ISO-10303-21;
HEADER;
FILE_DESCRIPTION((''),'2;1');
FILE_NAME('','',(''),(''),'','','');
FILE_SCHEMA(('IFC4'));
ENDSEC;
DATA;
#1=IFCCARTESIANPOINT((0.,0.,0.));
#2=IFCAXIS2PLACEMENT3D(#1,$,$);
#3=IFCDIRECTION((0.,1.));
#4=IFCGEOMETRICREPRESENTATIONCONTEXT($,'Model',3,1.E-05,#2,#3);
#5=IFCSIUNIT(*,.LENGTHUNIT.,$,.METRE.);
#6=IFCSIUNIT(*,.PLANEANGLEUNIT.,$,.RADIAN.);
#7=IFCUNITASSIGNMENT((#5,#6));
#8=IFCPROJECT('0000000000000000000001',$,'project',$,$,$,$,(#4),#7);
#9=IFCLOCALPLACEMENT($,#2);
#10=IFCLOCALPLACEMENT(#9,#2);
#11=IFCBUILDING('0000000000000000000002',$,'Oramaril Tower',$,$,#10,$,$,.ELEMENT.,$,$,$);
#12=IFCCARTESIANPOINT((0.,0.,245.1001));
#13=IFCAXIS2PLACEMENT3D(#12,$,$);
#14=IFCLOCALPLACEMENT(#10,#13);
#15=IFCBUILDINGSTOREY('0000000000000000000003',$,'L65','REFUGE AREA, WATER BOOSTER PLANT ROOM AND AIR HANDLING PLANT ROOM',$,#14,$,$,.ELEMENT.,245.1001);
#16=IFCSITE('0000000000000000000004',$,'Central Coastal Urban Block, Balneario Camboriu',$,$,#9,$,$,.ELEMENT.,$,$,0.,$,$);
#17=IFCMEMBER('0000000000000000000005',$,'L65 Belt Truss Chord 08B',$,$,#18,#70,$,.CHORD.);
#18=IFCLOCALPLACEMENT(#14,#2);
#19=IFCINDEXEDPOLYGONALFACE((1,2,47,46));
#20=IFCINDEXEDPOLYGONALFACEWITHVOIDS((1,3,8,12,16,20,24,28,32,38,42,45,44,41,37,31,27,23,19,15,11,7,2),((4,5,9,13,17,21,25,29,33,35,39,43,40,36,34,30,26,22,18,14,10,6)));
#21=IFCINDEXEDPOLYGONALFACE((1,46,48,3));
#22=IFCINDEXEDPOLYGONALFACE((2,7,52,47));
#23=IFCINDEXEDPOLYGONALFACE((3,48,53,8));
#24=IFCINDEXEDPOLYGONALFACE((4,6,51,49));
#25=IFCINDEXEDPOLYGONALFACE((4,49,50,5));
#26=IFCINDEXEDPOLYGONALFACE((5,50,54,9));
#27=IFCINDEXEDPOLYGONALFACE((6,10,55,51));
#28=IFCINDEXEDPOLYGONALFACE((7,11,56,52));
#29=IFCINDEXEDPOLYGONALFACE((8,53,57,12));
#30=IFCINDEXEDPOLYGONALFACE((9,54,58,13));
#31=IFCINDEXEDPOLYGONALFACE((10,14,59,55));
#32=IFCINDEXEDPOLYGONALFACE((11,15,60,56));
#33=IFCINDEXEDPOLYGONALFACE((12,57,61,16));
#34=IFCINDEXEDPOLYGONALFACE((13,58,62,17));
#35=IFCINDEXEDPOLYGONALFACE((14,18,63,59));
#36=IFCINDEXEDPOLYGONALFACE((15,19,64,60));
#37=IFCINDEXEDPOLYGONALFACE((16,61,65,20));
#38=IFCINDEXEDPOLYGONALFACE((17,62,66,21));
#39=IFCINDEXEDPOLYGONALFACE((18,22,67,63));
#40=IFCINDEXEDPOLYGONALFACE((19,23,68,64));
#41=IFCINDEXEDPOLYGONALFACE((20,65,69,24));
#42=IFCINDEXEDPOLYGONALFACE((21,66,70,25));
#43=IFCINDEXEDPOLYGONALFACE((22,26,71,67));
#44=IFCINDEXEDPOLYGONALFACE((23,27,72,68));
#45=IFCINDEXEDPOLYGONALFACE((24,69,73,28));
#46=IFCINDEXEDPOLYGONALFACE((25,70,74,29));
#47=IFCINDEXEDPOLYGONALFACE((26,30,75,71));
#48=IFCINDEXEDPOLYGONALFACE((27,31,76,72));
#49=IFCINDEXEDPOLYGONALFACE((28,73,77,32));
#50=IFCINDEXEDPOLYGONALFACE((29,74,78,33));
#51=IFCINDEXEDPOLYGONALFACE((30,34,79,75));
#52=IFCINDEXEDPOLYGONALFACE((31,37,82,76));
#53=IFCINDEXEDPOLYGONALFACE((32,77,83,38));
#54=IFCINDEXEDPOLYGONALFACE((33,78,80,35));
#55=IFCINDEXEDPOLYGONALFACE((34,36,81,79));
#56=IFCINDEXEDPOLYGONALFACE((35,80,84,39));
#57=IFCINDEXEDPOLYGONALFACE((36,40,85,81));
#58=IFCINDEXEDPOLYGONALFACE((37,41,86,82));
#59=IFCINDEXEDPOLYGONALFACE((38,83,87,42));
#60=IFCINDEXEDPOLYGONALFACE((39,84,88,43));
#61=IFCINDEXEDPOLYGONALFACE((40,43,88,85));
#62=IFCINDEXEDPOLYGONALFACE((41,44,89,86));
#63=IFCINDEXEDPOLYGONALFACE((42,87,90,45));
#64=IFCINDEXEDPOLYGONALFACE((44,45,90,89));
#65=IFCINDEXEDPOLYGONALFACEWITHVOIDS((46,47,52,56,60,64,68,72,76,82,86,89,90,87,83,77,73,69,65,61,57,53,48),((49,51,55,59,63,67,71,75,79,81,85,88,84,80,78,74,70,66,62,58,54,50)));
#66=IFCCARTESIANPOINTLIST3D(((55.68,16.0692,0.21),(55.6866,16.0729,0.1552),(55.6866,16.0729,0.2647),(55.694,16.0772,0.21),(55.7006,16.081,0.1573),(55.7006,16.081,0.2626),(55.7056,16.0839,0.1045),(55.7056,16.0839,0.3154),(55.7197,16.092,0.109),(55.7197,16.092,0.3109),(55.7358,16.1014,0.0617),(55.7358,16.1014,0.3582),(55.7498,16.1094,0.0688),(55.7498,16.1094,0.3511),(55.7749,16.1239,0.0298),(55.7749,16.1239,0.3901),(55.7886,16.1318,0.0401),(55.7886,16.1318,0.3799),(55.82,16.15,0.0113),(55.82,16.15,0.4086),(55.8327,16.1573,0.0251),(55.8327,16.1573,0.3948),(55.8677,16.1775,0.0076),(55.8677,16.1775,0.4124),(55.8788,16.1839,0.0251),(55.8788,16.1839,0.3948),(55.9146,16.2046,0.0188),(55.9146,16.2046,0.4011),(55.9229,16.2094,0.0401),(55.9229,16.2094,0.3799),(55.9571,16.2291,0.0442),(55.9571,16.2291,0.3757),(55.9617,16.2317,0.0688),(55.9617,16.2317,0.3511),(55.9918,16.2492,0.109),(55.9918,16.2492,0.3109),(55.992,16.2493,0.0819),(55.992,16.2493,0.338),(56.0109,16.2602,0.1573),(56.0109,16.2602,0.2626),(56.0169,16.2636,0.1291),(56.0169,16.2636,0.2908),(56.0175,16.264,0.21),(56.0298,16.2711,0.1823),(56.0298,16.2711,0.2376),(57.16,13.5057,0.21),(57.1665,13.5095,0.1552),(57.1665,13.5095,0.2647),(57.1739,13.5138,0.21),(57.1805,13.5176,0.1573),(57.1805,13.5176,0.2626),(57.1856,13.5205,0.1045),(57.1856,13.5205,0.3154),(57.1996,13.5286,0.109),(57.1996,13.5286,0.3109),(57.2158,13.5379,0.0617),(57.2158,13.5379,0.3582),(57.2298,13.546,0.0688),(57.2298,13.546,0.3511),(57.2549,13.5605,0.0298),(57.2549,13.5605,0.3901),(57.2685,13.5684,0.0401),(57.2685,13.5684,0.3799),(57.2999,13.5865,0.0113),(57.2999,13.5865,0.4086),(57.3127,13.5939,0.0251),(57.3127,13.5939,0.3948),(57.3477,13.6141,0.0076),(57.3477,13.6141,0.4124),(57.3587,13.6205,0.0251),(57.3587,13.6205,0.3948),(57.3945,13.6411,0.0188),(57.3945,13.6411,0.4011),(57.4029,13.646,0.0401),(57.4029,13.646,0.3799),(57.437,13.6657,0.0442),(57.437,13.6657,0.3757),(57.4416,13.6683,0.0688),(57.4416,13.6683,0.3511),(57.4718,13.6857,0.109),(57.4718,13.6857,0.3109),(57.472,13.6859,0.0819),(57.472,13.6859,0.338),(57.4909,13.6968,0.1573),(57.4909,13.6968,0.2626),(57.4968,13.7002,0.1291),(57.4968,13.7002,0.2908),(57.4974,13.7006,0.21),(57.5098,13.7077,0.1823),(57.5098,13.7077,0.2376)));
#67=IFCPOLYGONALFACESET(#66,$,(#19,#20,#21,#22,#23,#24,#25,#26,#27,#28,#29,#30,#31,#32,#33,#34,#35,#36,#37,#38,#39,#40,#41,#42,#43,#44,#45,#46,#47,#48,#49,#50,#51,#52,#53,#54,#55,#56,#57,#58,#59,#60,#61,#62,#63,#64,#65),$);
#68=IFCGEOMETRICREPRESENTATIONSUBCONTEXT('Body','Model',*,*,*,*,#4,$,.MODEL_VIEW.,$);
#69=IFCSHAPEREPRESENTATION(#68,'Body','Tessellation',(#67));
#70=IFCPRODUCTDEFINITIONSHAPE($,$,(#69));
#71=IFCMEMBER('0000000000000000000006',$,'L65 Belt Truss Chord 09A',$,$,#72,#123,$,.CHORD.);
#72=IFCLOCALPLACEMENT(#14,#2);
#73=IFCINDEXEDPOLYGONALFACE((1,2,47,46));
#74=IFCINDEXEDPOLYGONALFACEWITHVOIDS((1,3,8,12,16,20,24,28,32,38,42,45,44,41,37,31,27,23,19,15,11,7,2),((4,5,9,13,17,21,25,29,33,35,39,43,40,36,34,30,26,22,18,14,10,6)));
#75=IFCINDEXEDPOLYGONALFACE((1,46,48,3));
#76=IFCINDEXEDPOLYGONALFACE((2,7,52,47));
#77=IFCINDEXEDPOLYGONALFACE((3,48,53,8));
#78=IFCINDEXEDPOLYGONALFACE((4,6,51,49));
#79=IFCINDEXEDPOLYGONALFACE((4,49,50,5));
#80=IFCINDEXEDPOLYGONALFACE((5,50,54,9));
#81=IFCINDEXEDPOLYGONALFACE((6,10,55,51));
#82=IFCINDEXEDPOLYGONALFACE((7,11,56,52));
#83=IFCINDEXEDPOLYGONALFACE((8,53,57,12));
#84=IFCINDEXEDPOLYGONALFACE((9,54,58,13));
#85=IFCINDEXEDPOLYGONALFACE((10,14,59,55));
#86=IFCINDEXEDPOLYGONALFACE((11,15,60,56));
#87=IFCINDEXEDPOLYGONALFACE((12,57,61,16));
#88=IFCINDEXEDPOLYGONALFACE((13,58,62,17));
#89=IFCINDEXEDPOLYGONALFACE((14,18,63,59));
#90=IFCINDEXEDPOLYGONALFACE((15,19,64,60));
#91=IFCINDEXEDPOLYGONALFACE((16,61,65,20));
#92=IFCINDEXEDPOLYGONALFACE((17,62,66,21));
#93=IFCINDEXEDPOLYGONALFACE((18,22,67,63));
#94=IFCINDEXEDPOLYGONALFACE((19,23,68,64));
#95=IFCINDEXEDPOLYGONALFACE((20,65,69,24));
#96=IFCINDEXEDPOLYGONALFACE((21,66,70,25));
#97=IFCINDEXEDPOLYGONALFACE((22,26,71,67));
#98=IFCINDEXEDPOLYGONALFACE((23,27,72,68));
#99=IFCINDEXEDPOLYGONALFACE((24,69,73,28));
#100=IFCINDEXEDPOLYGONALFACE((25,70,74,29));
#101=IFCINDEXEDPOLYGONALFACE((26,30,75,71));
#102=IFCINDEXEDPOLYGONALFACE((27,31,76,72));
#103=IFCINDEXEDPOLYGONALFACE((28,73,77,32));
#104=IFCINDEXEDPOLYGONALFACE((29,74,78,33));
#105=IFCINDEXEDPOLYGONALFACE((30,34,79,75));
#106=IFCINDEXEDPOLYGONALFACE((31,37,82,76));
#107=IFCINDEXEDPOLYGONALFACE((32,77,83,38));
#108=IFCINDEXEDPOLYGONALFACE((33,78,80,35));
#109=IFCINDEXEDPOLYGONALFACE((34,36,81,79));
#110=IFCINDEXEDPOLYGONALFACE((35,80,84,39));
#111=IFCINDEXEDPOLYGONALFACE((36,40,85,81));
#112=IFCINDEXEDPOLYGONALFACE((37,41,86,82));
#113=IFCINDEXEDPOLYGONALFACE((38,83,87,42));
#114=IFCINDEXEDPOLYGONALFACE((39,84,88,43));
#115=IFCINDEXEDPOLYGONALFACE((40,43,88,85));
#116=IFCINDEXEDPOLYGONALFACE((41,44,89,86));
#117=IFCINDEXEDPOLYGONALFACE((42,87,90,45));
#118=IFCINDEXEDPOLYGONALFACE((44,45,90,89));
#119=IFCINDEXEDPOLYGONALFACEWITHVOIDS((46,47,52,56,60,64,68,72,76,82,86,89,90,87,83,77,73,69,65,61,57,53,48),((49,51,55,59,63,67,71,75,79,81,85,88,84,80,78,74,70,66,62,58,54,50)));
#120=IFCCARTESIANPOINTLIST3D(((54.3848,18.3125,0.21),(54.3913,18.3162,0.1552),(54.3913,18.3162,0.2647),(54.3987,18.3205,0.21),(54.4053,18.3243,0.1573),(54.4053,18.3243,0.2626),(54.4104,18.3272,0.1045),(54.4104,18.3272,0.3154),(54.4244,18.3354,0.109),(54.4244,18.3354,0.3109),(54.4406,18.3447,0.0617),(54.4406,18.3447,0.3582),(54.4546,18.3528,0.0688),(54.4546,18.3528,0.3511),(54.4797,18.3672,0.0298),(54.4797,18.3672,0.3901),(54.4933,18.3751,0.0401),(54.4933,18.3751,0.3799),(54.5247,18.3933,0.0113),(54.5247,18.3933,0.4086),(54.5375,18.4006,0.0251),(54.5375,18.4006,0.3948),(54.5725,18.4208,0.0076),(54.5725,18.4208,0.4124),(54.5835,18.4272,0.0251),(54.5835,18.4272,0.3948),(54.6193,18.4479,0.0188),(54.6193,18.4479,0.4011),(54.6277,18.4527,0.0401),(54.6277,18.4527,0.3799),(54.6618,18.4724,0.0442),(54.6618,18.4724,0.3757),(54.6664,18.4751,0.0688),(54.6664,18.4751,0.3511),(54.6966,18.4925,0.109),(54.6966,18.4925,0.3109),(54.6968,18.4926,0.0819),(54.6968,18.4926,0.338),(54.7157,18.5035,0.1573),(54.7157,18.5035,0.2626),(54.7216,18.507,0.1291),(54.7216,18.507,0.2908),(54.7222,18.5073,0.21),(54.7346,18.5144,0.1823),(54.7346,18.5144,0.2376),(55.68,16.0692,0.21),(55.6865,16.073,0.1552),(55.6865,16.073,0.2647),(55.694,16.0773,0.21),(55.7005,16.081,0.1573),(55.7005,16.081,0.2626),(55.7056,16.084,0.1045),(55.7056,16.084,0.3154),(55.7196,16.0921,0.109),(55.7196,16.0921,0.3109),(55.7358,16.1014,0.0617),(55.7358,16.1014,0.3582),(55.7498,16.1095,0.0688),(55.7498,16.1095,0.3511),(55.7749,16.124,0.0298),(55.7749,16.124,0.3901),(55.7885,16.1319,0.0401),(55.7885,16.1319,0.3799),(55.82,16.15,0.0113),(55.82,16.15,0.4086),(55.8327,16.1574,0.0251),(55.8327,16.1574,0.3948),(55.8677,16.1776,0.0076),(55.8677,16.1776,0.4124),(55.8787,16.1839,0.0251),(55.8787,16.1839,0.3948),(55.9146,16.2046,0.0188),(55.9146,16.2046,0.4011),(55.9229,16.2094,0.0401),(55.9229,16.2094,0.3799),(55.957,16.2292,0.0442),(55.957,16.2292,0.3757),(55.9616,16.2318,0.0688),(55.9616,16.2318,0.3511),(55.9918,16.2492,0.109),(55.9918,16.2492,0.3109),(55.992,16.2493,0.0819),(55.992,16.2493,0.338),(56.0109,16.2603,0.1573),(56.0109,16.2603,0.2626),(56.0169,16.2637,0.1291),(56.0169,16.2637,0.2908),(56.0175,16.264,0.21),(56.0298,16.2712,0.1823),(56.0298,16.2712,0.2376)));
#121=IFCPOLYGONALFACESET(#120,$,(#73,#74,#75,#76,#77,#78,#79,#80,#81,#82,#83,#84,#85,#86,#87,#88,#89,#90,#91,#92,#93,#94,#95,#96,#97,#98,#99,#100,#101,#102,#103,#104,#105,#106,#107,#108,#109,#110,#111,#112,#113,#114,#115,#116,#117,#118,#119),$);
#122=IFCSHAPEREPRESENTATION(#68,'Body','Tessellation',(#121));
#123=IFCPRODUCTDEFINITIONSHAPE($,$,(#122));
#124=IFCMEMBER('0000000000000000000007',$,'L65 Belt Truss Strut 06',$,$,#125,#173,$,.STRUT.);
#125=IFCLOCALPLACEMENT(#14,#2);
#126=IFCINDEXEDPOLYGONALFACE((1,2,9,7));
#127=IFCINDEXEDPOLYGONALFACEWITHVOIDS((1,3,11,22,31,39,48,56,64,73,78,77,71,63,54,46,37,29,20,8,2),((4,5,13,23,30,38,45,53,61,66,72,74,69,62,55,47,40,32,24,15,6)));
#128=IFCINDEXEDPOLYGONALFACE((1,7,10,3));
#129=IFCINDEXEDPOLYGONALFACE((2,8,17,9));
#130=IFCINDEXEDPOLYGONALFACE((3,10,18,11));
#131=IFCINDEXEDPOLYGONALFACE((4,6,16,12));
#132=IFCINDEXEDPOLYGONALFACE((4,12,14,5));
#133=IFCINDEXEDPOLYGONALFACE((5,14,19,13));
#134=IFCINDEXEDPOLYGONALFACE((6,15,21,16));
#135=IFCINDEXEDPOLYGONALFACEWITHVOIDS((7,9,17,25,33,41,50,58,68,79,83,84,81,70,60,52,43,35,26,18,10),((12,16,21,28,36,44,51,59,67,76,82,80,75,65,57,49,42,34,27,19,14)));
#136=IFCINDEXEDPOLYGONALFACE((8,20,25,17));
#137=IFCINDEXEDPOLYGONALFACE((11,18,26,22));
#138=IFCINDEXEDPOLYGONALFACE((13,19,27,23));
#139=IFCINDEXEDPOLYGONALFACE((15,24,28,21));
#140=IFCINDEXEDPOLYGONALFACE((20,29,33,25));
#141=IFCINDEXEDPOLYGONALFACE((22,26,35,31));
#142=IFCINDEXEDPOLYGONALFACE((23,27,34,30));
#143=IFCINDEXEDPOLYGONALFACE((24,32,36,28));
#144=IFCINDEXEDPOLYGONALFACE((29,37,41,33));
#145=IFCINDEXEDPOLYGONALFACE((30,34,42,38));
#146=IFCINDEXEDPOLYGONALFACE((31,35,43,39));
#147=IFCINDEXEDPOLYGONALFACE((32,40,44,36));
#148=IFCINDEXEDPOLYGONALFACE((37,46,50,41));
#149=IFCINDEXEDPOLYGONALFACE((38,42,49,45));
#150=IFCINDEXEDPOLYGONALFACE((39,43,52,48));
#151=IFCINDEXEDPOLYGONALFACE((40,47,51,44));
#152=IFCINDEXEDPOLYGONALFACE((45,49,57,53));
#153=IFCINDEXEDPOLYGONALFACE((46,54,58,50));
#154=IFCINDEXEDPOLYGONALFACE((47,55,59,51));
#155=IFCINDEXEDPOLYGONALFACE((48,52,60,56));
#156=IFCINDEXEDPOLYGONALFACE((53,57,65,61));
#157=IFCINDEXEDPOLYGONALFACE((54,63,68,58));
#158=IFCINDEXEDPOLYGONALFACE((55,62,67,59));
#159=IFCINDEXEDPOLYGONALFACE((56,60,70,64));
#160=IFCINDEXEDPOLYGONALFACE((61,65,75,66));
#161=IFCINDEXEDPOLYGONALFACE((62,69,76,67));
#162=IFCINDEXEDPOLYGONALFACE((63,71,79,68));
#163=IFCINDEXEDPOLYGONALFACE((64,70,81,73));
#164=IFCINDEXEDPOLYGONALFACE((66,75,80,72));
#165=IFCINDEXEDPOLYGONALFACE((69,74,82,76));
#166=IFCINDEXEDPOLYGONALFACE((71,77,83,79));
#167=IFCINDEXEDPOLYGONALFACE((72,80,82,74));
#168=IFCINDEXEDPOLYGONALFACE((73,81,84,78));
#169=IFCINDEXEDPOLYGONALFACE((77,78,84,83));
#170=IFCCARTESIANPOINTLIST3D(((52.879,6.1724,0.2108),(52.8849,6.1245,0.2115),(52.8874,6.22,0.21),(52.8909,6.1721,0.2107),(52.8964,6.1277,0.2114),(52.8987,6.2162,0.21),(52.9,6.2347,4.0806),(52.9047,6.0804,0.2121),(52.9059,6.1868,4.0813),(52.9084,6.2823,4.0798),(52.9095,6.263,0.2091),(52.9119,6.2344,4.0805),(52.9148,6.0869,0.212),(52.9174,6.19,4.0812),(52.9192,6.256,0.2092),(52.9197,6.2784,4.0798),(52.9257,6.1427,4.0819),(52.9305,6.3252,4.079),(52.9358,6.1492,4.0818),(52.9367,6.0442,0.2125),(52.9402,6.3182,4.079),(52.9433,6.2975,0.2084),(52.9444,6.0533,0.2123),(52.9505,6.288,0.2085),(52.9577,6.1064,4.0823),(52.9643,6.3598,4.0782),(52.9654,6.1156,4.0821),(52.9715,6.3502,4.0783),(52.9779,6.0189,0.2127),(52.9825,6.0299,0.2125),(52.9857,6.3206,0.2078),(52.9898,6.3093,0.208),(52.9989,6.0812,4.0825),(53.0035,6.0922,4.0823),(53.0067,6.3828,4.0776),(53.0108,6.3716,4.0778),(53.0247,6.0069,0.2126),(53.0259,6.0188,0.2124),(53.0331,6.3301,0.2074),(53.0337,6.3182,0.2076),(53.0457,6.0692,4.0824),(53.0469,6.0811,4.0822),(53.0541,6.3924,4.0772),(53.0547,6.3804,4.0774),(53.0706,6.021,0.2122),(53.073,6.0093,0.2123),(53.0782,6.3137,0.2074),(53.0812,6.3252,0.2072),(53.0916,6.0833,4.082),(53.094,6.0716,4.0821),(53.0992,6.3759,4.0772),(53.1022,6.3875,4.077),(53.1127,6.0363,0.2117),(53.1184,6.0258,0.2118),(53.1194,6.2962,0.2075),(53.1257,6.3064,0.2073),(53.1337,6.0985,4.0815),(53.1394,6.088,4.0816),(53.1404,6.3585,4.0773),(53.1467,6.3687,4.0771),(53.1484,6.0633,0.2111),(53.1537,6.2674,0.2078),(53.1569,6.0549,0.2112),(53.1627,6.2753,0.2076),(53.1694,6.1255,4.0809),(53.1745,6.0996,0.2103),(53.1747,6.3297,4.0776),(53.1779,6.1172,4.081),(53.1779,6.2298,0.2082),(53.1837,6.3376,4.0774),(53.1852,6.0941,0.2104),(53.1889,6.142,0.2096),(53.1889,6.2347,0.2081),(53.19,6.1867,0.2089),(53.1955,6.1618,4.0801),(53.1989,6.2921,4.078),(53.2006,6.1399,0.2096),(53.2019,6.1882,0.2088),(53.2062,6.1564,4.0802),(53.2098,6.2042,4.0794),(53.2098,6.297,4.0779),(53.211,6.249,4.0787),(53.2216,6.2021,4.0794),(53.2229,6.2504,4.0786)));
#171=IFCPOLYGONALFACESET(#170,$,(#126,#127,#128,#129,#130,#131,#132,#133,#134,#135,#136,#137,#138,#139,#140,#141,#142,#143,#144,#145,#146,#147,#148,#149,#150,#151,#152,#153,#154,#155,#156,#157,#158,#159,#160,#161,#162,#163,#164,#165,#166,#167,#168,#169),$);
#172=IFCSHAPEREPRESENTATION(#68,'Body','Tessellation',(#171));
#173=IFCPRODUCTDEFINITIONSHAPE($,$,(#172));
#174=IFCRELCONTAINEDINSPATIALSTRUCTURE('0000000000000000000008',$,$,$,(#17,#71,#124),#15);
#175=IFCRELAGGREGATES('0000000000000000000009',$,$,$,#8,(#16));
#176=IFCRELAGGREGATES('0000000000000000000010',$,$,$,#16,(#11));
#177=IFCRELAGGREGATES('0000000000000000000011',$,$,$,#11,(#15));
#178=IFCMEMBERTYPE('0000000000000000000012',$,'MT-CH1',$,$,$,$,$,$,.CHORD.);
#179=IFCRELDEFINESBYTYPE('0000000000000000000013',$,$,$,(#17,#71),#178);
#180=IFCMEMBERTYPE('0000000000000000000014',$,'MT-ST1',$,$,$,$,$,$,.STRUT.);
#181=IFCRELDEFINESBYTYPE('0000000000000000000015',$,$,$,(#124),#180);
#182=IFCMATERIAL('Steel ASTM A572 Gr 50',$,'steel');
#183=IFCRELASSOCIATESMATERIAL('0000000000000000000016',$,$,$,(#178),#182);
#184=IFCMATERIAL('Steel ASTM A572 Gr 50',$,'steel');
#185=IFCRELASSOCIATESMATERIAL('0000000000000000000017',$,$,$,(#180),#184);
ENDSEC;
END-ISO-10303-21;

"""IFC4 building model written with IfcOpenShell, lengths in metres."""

from ifc_helpers import new_model, si_unit, direction, frame, origin, origin_2d, place, context, subcontext, project, spatial, hollow_circle, extrude, material, material_profile, profile_set, type_object, element, save


model = new_model("IFC4")

# Units and contexts
model_context = context("Model", 3, precision=1e-05, world=origin(), true_north=direction((0.0, 1.0)))
body_context = subcontext(model_context, "Body", "Model", "MODEL_VIEW")
ifc_project = project(units=[si_unit("LENGTHUNIT", "METRE"), si_unit("PLANEANGLEUNIT", "RADIAN")], contexts=[model_context])

# Site, building, storey
site_placement = place(None, origin())
site = spatial("IfcSite", under=ifc_project, at=site_placement, Name="Central Coastal Urban Block, Balneario Camboriu", CompositionType="ELEMENT", RefElevation=0.0)
building_placement = place(site_placement, origin())
building = spatial("IfcBuilding", under=site, at=building_placement, Name="Oramaril Tower", CompositionType="ELEMENT")
storey_placement = place(building_placement, frame((0.0, 0.0, 245.1001)))
storey = spatial("IfcBuildingStorey", under=building, at=storey_placement, Name="L65", Description="REFUGE AREA, WATER BOOSTER PLANT ROOM AND AIR HANDLING PLANT ROOM", CompositionType="ELEMENT", Elevation=245.1001)

# Members
ifc_material_1 = material(Name="Steel ASTM A572 Gr 50", Category="steel")
ifc_material_profile_1 = material_profile(ifc_material_1, hollow_circle(Radius=0.2029, WallThickness=0.0161, at=origin_2d()), Name="CHS406X16")
ifc_profile_set_1 = profile_set([ifc_material_profile_1], Name="Steel ASTM A572 Gr 50")
member_type_1 = type_object("IfcMemberType", Name="MT-CH1", PredefinedType="CHORD", material=ifc_profile_set_1)
member_1_placement = place(storey_placement, frame((57.3357, 13.6072, 0.21), z_axis=(-0.499989, 0.866032, 0.0), x_axis=(-0.866032, -0.499989, 0.0)))
element("IfcMember", 1, at=member_1_placement, inside=storey, type_object=member_type_1, Name="L65 Belt Truss Chord 08B", PredefinedType="CHORD", context=body_context, shape_type="SweptSolid", body=[
    extrude(hollow_circle(Radius=0.2029, WallThickness=0.0161, at=origin_2d()), origin(), (0.0, 0.0, 1.0), 2.96),
])
member_2_placement = place(storey_placement, frame((55.8557, 16.1707, 0.21), z_axis=(-0.500022, 0.866013, 0.0), x_axis=(-0.866013, -0.500022, 0.0)))
element("IfcMember", 2, at=member_2_placement, inside=storey, type_object=member_type_1, Name="L65 Belt Truss Chord 09A", PredefinedType="CHORD", context=body_context, shape_type="SweptSolid", body=[
    extrude(hollow_circle(Radius=0.2029, WallThickness=0.0161, at=origin_2d()), origin(), (0.0, 0.0, 1.0), 2.5903),
])
ifc_material_2 = material(Name="Steel ASTM A572 Gr 50", Category="steel")
ifc_material_profile_2 = material_profile(ifc_material_2, hollow_circle(Radius=0.1621, WallThickness=0.012, at=origin_2d()), Name="CHS324X12")
ifc_profile_set_2 = profile_set([ifc_material_profile_2], Name="Steel ASTM A572 Gr 50")
member_type_2 = type_object("IfcMemberType", Name="MT-ST1", PredefinedType="STRUT", material=ifc_profile_set_2)
member_3_placement = place(storey_placement, frame((53.041, 6.1682, 0.21), z_axis=(0.005425, 0.016085, 0.999856), x_axis=(-0.947563, 0.31957, 0.0)))
element("IfcMember", 3, at=member_3_placement, inside=storey, type_object=member_type_2, Name="L65 Belt Truss Strut 06", PredefinedType="STRUT", context=body_context, shape_type="SweptSolid", body=[
    extrude(hollow_circle(Radius=0.1621, WallThickness=0.012, at=origin_2d()), origin(), (0.0, 0.0, 1.0), 3.8704),
])

save(model, "model.ifc")
